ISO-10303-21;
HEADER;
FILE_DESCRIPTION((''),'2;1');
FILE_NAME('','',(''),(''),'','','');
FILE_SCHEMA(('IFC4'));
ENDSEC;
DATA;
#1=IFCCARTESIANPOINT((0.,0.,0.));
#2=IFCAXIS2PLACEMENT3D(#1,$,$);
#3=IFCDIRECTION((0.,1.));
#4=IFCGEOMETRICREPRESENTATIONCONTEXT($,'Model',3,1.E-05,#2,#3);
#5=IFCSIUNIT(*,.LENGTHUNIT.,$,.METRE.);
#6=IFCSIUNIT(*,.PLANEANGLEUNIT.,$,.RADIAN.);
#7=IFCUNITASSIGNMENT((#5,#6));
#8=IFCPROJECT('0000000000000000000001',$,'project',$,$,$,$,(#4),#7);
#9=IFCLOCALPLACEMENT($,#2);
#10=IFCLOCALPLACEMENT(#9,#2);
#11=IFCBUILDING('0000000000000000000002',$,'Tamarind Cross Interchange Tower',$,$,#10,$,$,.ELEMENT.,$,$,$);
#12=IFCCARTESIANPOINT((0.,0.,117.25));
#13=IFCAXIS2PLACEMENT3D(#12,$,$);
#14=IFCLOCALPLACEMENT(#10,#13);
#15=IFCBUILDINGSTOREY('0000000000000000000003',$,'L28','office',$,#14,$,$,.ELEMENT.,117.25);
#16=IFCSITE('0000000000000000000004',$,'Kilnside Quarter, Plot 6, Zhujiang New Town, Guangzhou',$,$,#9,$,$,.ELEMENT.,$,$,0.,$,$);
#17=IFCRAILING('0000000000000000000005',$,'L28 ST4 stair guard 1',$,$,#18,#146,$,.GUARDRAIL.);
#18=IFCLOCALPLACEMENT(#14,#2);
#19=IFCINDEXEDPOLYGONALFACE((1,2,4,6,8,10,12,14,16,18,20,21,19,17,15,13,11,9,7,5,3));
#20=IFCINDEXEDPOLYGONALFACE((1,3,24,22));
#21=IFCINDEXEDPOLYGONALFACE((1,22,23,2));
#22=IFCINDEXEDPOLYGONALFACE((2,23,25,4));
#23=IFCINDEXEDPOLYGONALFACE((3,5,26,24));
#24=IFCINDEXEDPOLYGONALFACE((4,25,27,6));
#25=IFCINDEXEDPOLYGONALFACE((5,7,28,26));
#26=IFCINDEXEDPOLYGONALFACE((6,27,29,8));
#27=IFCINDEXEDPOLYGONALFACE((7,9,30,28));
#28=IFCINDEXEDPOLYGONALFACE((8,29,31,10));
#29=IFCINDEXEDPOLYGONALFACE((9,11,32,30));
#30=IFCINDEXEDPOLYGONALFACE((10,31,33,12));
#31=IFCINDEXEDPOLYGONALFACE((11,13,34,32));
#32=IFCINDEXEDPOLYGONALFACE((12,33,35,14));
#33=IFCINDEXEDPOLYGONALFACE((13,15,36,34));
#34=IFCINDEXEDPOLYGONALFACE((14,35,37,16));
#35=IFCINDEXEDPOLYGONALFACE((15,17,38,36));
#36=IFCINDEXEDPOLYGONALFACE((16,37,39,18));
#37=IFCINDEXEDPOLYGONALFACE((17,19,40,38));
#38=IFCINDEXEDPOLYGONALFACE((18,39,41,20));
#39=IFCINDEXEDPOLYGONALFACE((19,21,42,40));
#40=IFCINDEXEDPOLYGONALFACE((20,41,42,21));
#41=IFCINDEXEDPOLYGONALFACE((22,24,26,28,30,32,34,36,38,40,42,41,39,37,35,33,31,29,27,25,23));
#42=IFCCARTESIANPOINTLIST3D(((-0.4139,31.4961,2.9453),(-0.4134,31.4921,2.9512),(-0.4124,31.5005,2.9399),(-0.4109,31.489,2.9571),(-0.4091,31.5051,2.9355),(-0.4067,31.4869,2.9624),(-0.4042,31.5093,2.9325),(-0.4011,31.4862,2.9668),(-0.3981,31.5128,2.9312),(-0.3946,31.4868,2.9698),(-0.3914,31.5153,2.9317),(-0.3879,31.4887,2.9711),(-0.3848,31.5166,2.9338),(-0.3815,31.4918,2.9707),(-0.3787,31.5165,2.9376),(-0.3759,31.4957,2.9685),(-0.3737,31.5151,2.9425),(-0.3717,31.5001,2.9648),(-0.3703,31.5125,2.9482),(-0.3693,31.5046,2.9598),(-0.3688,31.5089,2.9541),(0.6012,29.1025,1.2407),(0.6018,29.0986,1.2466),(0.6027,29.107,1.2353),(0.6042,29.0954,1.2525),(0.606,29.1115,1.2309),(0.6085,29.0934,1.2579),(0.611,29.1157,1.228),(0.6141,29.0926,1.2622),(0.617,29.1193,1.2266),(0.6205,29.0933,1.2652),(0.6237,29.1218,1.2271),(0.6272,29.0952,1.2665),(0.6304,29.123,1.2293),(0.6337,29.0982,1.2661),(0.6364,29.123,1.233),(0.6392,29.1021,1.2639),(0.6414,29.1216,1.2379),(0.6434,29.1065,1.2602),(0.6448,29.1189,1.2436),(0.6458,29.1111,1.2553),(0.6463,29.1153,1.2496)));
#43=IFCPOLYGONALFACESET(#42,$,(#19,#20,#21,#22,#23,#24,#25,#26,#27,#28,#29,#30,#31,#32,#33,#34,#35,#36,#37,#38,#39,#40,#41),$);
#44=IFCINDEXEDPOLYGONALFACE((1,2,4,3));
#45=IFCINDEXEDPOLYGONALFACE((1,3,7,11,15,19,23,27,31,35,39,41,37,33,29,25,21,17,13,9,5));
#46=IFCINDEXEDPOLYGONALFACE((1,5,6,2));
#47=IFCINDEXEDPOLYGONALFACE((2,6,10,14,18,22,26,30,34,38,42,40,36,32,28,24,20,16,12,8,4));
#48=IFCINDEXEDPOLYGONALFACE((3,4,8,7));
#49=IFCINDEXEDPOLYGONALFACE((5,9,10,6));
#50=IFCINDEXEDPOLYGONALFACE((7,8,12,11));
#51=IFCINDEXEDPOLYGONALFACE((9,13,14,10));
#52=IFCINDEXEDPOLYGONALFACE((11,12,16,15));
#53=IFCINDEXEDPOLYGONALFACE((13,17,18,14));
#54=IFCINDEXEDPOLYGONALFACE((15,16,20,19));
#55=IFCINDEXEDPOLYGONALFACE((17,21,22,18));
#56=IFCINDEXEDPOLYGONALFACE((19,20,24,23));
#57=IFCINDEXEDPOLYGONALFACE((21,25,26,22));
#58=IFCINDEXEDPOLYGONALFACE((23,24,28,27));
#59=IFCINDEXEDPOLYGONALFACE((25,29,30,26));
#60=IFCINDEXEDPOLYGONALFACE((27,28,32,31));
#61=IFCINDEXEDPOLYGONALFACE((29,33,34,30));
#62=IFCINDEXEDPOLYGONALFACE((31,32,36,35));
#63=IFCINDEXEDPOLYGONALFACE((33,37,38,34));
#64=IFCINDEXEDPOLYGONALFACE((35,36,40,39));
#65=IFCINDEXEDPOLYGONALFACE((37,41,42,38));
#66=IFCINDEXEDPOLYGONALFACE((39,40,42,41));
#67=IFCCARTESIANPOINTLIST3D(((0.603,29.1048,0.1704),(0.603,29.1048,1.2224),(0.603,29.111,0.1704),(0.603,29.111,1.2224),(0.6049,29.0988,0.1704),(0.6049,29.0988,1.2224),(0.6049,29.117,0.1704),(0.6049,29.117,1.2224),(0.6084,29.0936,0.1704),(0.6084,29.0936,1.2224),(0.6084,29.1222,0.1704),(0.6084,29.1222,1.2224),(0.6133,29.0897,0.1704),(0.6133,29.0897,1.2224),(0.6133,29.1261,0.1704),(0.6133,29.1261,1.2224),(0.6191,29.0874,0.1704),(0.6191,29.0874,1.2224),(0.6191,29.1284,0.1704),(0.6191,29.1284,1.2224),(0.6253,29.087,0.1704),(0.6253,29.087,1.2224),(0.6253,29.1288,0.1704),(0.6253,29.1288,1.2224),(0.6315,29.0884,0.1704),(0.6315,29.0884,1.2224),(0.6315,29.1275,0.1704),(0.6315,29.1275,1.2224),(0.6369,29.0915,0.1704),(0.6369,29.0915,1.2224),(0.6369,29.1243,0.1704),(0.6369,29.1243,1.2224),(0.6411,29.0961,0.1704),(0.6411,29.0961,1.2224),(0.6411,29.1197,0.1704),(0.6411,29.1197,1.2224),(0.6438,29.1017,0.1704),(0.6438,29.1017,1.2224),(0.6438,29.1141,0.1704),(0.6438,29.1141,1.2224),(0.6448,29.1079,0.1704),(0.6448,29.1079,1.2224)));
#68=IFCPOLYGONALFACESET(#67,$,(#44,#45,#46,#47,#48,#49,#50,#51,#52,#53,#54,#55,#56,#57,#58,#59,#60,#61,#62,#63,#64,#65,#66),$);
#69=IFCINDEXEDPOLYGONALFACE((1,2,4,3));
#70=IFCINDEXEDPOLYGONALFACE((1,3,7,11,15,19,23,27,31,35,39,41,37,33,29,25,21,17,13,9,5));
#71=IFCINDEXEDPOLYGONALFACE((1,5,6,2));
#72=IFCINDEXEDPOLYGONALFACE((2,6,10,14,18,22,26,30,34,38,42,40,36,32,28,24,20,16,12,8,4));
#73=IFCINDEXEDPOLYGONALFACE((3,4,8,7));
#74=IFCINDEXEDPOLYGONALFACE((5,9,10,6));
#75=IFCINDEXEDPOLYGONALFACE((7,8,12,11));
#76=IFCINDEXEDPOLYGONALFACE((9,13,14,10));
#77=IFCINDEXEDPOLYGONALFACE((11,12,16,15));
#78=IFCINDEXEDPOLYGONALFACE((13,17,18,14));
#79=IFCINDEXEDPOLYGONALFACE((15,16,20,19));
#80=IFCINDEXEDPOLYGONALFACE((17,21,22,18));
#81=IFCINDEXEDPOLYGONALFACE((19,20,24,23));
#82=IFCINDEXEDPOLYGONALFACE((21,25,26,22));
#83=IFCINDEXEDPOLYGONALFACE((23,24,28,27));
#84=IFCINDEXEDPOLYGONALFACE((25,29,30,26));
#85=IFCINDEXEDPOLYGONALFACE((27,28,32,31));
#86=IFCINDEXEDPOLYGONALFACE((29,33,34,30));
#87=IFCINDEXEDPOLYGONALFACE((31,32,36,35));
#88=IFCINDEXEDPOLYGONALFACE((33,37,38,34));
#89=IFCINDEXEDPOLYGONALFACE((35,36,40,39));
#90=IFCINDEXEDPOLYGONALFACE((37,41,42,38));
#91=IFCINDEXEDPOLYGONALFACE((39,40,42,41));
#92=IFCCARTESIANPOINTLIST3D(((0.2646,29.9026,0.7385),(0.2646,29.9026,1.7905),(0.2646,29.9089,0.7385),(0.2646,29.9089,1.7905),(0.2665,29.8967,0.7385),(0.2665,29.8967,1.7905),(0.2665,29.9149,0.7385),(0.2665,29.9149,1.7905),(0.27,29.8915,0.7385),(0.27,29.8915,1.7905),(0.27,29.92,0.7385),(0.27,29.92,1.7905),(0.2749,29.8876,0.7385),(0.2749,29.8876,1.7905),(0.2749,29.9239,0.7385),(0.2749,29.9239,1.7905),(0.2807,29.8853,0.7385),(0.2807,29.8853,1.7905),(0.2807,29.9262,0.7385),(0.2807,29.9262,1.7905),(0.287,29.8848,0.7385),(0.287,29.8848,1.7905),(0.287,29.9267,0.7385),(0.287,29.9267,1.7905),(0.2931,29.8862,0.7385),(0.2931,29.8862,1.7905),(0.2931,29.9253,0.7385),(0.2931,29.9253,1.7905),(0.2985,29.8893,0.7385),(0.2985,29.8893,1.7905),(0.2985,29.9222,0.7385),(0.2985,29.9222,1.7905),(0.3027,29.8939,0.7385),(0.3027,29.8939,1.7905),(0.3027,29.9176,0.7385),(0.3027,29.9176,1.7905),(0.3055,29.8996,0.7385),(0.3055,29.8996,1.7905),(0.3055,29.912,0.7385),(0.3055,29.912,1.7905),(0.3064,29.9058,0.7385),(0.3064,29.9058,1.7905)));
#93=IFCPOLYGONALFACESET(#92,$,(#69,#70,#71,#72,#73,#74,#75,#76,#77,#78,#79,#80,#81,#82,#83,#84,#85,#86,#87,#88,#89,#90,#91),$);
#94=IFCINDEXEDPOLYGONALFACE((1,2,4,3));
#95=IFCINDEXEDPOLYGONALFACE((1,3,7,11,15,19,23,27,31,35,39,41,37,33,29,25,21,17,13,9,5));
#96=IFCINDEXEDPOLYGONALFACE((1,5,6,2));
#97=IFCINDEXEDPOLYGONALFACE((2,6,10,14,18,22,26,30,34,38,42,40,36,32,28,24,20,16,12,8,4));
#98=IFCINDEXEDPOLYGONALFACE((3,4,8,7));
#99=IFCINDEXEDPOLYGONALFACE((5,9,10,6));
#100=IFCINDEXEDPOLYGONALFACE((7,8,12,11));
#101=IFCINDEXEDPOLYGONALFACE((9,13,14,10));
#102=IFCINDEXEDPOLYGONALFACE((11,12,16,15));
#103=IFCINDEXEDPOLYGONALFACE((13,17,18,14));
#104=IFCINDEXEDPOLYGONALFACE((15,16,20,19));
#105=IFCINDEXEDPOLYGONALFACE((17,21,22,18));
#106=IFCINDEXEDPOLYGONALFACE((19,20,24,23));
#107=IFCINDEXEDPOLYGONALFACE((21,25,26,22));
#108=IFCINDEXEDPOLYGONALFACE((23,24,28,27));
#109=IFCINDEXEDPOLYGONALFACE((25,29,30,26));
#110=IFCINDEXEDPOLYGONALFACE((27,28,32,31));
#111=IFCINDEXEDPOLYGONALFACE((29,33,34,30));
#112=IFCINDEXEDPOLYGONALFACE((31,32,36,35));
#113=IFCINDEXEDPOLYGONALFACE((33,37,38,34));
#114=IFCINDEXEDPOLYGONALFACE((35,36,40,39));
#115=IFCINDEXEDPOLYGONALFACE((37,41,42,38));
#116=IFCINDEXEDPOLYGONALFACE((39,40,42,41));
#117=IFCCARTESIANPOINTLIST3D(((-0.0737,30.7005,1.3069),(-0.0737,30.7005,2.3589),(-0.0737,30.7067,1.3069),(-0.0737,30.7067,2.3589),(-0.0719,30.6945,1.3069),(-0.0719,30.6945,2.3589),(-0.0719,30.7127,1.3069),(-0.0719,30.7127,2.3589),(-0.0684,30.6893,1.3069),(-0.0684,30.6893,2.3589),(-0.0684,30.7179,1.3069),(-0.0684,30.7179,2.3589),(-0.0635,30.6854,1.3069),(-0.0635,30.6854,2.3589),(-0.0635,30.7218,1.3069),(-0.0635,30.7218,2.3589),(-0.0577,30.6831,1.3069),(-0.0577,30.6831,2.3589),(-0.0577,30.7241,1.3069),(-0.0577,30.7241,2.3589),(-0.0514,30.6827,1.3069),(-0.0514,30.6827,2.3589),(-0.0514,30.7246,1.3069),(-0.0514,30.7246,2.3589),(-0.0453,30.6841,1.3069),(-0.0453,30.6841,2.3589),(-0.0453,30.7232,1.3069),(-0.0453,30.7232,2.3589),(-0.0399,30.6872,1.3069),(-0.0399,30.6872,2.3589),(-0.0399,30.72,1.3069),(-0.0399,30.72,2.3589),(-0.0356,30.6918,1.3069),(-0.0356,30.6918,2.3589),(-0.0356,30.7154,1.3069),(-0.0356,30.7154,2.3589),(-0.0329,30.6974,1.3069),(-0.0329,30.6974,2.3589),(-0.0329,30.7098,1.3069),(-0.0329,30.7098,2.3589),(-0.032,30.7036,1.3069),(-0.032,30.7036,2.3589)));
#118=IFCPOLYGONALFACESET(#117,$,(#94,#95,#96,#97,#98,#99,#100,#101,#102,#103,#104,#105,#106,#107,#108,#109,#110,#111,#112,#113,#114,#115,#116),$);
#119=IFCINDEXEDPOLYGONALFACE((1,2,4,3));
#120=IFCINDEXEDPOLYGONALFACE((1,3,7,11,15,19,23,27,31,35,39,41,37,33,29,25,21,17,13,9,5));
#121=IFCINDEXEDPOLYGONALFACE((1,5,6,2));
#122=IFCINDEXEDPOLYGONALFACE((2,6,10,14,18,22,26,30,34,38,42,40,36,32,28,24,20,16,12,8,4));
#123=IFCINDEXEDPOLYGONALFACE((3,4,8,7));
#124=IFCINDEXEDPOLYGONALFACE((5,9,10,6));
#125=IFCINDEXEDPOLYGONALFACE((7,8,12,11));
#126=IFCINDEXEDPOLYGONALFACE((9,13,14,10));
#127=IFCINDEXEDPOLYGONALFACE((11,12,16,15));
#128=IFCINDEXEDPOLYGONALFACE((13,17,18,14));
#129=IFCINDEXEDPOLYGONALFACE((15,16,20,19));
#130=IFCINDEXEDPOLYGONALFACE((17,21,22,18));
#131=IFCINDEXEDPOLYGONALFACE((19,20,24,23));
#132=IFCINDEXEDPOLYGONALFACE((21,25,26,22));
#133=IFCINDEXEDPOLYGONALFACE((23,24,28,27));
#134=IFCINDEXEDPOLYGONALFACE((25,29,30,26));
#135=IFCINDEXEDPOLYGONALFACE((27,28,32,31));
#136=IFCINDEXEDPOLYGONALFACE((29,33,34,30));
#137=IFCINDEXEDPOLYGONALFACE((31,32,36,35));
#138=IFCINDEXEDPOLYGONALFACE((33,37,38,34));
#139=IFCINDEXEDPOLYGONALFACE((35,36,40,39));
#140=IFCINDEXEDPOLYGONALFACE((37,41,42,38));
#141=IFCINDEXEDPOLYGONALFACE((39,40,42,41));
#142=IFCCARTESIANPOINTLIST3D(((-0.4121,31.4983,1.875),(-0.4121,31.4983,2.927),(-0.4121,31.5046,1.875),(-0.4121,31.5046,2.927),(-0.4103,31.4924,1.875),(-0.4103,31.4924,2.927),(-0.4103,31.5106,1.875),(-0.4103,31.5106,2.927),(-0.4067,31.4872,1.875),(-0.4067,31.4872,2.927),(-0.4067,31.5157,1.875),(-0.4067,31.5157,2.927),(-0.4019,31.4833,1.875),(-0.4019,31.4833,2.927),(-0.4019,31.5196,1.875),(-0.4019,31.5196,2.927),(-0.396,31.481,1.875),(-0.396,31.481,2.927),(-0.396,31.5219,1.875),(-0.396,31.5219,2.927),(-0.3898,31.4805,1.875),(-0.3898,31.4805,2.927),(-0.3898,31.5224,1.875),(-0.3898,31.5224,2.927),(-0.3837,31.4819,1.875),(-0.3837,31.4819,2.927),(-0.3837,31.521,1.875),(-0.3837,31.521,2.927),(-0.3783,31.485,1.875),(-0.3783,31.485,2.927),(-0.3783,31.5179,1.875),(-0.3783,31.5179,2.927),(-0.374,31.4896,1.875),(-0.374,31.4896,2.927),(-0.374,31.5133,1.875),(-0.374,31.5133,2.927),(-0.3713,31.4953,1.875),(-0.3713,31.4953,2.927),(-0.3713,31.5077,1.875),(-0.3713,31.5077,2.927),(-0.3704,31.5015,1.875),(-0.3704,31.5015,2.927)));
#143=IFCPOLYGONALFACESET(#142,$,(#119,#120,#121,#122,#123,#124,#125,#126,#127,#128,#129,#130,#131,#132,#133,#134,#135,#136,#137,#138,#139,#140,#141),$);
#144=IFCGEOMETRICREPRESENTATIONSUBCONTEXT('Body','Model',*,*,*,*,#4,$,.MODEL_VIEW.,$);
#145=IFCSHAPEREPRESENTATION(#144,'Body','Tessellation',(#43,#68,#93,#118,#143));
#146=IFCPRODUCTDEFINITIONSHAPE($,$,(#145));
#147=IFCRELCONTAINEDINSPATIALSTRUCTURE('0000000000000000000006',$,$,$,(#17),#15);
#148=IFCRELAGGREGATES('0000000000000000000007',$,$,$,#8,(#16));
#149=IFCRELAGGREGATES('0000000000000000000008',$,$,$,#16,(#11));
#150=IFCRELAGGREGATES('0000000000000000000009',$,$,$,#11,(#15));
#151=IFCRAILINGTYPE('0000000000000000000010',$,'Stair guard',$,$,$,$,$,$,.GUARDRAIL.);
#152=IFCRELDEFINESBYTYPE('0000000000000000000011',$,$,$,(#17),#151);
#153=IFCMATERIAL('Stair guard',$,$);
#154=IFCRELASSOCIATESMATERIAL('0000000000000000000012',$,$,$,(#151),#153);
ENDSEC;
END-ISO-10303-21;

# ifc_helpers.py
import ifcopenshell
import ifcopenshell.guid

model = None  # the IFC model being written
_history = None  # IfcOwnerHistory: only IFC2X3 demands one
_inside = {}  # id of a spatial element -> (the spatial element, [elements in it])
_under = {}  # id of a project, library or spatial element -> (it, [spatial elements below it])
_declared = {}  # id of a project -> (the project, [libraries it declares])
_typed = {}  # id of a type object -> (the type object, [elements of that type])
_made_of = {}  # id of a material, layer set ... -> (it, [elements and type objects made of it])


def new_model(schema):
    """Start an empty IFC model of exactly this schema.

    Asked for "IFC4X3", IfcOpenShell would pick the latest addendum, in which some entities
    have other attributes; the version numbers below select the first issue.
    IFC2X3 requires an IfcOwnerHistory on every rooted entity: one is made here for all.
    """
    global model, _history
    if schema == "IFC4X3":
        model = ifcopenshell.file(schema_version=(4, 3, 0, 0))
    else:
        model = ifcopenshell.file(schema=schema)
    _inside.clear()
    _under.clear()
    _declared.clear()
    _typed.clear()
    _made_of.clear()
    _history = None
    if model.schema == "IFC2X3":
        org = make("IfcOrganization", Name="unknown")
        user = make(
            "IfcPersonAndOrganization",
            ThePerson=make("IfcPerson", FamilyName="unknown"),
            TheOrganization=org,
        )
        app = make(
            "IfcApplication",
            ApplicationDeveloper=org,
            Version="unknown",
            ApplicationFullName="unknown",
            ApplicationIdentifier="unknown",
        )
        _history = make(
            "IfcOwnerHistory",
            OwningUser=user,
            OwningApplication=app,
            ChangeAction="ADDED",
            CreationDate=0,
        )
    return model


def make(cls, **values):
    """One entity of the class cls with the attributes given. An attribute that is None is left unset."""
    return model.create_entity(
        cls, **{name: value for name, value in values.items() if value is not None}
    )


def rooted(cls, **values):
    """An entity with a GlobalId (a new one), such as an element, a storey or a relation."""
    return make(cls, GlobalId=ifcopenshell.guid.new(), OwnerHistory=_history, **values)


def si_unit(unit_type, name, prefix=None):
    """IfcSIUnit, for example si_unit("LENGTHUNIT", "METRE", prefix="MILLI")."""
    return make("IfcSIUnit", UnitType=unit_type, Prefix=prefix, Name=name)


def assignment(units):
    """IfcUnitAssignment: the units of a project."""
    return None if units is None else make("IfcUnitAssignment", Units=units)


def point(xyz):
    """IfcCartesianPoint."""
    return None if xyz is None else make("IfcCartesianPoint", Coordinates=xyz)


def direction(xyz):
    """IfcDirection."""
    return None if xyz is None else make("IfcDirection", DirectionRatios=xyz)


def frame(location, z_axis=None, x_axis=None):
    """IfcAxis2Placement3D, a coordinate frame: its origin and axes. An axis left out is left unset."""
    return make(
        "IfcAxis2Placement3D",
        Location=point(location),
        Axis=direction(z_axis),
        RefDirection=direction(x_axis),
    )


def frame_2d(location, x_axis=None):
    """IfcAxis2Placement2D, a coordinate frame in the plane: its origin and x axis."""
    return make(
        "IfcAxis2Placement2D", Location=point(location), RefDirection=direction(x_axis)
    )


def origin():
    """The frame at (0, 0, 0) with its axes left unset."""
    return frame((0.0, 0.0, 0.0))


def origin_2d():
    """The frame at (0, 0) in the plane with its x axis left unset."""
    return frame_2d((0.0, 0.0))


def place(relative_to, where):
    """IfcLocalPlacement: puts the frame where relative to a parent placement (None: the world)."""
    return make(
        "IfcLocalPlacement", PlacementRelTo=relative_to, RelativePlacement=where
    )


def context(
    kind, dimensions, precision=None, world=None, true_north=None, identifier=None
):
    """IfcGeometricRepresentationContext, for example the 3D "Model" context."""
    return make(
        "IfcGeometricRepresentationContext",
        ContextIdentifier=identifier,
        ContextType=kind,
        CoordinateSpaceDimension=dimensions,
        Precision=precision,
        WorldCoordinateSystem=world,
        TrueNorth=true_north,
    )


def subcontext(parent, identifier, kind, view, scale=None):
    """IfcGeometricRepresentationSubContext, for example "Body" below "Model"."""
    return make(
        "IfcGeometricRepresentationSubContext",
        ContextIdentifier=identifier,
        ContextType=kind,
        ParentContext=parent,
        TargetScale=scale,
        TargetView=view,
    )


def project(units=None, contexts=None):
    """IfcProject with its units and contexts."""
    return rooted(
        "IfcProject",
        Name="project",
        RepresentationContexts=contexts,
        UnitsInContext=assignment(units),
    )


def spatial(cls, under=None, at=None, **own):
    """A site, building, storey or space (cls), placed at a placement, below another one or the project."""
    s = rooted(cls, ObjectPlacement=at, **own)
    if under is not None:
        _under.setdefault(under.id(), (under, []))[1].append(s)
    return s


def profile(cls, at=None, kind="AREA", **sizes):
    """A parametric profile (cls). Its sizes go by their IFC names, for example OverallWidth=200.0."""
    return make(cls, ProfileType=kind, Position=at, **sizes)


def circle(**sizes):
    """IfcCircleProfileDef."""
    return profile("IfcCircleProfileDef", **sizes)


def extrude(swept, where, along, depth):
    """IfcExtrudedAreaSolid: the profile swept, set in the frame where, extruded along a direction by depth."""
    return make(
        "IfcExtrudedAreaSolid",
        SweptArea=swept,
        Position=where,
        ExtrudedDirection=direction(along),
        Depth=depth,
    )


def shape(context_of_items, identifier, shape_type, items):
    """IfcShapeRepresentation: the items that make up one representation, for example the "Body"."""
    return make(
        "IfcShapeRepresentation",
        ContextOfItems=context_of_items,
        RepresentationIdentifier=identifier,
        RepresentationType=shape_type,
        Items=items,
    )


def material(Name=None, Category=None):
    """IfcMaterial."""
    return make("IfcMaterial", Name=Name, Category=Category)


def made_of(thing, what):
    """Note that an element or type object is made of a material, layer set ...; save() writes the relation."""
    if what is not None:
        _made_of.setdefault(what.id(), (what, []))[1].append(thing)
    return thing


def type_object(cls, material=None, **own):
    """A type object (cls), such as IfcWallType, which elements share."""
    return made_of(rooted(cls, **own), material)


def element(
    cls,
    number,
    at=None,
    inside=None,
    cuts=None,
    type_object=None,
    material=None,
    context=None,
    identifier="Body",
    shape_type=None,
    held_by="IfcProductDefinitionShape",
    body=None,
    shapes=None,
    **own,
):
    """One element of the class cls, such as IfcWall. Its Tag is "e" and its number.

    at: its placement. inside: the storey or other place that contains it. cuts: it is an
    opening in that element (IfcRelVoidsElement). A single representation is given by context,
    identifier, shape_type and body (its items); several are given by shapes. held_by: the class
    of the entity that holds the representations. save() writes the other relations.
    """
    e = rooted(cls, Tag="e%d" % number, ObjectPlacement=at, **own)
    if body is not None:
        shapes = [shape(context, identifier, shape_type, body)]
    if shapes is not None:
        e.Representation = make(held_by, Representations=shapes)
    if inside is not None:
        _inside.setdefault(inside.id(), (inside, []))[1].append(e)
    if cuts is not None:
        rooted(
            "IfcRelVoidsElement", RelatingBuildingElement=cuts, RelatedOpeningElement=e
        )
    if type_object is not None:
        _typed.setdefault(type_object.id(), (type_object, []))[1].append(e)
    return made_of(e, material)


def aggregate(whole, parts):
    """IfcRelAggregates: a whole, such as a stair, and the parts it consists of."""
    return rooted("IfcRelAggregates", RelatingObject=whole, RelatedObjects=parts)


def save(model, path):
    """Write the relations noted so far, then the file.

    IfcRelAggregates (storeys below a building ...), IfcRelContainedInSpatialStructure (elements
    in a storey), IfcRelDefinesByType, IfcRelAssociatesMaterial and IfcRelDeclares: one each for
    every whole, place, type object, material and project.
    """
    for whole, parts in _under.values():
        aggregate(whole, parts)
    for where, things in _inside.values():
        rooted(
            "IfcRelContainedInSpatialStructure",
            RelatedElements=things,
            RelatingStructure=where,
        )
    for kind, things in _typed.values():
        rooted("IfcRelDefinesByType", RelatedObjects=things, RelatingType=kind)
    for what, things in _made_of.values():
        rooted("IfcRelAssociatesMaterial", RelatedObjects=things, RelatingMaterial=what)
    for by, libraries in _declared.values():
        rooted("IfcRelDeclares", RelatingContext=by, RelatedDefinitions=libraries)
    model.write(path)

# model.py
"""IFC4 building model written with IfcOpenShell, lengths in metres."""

from ifc_helpers import new_model, si_unit, direction, frame, origin, origin_2d, place, context, subcontext, project, spatial, circle, extrude, material, type_object, element, save


model = new_model("IFC4")

# Units and contexts
model_context = context("Model", 3, precision=1e-05, world=origin(), true_north=direction((0.0, 1.0)))
body_context = subcontext(model_context, "Body", "Model", "MODEL_VIEW")
ifc_project = project(units=[si_unit("LENGTHUNIT", "METRE"), si_unit("PLANEANGLEUNIT", "RADIAN")], contexts=[model_context])

# Site, building, storey
site_placement = place(None, origin())
site = spatial("IfcSite", under=ifc_project, at=site_placement, Name="Kilnside Quarter, Plot 6, Zhujiang New Town, Guangzhou", CompositionType="ELEMENT", RefElevation=0.0)
building_placement = place(site_placement, origin())
building = spatial("IfcBuilding", under=site, at=building_placement, Name="Tamarind Cross Interchange Tower", CompositionType="ELEMENT")
storey_placement = place(building_placement, frame((0.0, 0.0, 117.25)))
storey = spatial("IfcBuildingStorey", under=building, at=storey_placement, Name="L28", Description="office", CompositionType="ELEMENT", Elevation=117.25)

# Railing
ifc_material_1 = material(Name="Stair guard")
railing_type_1 = type_object("IfcRailingType", Name="Stair guard", PredefinedType="GUARDRAIL", material=ifc_material_1)
railing_1_placement = place(storey_placement, frame((0.6238, 29.1079, 0.1704)))
element("IfcRailing", 1, at=railing_1_placement, inside=storey, type_object=railing_type_1, Name="L28 ST4 stair guard 1", PredefinedType="GUARDRAIL", context=body_context, shape_type="SweptSolid", body=[
    extrude(circle(Radius=0.0239, at=origin_2d()), frame((0.0, 0.0, 1.0762), z_axis=(-0.326526, 0.769905, 0.548294), x_axis=(-0.920625, -0.390449, 0.0)), (0.0, 0.0, 1.0), 3.1089),
    extrude(circle(Radius=0.021, at=origin_2d()), origin(), (0.0, 0.0, 1.0), 1.052),
    extrude(circle(Radius=0.021, at=origin_2d()), frame((-0.3384, 0.7979, 0.5681)), (0.0, 0.0, 1.0), 1.052),
    extrude(circle(Radius=0.021, at=origin_2d()), frame((-0.6768, 1.5957, 1.1365)), (0.0, 0.0, 1.0), 1.052),
    extrude(circle(Radius=0.021, at=origin_2d()), frame((-1.0151, 2.3936, 1.7046)), (0.0, 0.0, 1.0), 1.052),
])

save(model, "model.ifc")
